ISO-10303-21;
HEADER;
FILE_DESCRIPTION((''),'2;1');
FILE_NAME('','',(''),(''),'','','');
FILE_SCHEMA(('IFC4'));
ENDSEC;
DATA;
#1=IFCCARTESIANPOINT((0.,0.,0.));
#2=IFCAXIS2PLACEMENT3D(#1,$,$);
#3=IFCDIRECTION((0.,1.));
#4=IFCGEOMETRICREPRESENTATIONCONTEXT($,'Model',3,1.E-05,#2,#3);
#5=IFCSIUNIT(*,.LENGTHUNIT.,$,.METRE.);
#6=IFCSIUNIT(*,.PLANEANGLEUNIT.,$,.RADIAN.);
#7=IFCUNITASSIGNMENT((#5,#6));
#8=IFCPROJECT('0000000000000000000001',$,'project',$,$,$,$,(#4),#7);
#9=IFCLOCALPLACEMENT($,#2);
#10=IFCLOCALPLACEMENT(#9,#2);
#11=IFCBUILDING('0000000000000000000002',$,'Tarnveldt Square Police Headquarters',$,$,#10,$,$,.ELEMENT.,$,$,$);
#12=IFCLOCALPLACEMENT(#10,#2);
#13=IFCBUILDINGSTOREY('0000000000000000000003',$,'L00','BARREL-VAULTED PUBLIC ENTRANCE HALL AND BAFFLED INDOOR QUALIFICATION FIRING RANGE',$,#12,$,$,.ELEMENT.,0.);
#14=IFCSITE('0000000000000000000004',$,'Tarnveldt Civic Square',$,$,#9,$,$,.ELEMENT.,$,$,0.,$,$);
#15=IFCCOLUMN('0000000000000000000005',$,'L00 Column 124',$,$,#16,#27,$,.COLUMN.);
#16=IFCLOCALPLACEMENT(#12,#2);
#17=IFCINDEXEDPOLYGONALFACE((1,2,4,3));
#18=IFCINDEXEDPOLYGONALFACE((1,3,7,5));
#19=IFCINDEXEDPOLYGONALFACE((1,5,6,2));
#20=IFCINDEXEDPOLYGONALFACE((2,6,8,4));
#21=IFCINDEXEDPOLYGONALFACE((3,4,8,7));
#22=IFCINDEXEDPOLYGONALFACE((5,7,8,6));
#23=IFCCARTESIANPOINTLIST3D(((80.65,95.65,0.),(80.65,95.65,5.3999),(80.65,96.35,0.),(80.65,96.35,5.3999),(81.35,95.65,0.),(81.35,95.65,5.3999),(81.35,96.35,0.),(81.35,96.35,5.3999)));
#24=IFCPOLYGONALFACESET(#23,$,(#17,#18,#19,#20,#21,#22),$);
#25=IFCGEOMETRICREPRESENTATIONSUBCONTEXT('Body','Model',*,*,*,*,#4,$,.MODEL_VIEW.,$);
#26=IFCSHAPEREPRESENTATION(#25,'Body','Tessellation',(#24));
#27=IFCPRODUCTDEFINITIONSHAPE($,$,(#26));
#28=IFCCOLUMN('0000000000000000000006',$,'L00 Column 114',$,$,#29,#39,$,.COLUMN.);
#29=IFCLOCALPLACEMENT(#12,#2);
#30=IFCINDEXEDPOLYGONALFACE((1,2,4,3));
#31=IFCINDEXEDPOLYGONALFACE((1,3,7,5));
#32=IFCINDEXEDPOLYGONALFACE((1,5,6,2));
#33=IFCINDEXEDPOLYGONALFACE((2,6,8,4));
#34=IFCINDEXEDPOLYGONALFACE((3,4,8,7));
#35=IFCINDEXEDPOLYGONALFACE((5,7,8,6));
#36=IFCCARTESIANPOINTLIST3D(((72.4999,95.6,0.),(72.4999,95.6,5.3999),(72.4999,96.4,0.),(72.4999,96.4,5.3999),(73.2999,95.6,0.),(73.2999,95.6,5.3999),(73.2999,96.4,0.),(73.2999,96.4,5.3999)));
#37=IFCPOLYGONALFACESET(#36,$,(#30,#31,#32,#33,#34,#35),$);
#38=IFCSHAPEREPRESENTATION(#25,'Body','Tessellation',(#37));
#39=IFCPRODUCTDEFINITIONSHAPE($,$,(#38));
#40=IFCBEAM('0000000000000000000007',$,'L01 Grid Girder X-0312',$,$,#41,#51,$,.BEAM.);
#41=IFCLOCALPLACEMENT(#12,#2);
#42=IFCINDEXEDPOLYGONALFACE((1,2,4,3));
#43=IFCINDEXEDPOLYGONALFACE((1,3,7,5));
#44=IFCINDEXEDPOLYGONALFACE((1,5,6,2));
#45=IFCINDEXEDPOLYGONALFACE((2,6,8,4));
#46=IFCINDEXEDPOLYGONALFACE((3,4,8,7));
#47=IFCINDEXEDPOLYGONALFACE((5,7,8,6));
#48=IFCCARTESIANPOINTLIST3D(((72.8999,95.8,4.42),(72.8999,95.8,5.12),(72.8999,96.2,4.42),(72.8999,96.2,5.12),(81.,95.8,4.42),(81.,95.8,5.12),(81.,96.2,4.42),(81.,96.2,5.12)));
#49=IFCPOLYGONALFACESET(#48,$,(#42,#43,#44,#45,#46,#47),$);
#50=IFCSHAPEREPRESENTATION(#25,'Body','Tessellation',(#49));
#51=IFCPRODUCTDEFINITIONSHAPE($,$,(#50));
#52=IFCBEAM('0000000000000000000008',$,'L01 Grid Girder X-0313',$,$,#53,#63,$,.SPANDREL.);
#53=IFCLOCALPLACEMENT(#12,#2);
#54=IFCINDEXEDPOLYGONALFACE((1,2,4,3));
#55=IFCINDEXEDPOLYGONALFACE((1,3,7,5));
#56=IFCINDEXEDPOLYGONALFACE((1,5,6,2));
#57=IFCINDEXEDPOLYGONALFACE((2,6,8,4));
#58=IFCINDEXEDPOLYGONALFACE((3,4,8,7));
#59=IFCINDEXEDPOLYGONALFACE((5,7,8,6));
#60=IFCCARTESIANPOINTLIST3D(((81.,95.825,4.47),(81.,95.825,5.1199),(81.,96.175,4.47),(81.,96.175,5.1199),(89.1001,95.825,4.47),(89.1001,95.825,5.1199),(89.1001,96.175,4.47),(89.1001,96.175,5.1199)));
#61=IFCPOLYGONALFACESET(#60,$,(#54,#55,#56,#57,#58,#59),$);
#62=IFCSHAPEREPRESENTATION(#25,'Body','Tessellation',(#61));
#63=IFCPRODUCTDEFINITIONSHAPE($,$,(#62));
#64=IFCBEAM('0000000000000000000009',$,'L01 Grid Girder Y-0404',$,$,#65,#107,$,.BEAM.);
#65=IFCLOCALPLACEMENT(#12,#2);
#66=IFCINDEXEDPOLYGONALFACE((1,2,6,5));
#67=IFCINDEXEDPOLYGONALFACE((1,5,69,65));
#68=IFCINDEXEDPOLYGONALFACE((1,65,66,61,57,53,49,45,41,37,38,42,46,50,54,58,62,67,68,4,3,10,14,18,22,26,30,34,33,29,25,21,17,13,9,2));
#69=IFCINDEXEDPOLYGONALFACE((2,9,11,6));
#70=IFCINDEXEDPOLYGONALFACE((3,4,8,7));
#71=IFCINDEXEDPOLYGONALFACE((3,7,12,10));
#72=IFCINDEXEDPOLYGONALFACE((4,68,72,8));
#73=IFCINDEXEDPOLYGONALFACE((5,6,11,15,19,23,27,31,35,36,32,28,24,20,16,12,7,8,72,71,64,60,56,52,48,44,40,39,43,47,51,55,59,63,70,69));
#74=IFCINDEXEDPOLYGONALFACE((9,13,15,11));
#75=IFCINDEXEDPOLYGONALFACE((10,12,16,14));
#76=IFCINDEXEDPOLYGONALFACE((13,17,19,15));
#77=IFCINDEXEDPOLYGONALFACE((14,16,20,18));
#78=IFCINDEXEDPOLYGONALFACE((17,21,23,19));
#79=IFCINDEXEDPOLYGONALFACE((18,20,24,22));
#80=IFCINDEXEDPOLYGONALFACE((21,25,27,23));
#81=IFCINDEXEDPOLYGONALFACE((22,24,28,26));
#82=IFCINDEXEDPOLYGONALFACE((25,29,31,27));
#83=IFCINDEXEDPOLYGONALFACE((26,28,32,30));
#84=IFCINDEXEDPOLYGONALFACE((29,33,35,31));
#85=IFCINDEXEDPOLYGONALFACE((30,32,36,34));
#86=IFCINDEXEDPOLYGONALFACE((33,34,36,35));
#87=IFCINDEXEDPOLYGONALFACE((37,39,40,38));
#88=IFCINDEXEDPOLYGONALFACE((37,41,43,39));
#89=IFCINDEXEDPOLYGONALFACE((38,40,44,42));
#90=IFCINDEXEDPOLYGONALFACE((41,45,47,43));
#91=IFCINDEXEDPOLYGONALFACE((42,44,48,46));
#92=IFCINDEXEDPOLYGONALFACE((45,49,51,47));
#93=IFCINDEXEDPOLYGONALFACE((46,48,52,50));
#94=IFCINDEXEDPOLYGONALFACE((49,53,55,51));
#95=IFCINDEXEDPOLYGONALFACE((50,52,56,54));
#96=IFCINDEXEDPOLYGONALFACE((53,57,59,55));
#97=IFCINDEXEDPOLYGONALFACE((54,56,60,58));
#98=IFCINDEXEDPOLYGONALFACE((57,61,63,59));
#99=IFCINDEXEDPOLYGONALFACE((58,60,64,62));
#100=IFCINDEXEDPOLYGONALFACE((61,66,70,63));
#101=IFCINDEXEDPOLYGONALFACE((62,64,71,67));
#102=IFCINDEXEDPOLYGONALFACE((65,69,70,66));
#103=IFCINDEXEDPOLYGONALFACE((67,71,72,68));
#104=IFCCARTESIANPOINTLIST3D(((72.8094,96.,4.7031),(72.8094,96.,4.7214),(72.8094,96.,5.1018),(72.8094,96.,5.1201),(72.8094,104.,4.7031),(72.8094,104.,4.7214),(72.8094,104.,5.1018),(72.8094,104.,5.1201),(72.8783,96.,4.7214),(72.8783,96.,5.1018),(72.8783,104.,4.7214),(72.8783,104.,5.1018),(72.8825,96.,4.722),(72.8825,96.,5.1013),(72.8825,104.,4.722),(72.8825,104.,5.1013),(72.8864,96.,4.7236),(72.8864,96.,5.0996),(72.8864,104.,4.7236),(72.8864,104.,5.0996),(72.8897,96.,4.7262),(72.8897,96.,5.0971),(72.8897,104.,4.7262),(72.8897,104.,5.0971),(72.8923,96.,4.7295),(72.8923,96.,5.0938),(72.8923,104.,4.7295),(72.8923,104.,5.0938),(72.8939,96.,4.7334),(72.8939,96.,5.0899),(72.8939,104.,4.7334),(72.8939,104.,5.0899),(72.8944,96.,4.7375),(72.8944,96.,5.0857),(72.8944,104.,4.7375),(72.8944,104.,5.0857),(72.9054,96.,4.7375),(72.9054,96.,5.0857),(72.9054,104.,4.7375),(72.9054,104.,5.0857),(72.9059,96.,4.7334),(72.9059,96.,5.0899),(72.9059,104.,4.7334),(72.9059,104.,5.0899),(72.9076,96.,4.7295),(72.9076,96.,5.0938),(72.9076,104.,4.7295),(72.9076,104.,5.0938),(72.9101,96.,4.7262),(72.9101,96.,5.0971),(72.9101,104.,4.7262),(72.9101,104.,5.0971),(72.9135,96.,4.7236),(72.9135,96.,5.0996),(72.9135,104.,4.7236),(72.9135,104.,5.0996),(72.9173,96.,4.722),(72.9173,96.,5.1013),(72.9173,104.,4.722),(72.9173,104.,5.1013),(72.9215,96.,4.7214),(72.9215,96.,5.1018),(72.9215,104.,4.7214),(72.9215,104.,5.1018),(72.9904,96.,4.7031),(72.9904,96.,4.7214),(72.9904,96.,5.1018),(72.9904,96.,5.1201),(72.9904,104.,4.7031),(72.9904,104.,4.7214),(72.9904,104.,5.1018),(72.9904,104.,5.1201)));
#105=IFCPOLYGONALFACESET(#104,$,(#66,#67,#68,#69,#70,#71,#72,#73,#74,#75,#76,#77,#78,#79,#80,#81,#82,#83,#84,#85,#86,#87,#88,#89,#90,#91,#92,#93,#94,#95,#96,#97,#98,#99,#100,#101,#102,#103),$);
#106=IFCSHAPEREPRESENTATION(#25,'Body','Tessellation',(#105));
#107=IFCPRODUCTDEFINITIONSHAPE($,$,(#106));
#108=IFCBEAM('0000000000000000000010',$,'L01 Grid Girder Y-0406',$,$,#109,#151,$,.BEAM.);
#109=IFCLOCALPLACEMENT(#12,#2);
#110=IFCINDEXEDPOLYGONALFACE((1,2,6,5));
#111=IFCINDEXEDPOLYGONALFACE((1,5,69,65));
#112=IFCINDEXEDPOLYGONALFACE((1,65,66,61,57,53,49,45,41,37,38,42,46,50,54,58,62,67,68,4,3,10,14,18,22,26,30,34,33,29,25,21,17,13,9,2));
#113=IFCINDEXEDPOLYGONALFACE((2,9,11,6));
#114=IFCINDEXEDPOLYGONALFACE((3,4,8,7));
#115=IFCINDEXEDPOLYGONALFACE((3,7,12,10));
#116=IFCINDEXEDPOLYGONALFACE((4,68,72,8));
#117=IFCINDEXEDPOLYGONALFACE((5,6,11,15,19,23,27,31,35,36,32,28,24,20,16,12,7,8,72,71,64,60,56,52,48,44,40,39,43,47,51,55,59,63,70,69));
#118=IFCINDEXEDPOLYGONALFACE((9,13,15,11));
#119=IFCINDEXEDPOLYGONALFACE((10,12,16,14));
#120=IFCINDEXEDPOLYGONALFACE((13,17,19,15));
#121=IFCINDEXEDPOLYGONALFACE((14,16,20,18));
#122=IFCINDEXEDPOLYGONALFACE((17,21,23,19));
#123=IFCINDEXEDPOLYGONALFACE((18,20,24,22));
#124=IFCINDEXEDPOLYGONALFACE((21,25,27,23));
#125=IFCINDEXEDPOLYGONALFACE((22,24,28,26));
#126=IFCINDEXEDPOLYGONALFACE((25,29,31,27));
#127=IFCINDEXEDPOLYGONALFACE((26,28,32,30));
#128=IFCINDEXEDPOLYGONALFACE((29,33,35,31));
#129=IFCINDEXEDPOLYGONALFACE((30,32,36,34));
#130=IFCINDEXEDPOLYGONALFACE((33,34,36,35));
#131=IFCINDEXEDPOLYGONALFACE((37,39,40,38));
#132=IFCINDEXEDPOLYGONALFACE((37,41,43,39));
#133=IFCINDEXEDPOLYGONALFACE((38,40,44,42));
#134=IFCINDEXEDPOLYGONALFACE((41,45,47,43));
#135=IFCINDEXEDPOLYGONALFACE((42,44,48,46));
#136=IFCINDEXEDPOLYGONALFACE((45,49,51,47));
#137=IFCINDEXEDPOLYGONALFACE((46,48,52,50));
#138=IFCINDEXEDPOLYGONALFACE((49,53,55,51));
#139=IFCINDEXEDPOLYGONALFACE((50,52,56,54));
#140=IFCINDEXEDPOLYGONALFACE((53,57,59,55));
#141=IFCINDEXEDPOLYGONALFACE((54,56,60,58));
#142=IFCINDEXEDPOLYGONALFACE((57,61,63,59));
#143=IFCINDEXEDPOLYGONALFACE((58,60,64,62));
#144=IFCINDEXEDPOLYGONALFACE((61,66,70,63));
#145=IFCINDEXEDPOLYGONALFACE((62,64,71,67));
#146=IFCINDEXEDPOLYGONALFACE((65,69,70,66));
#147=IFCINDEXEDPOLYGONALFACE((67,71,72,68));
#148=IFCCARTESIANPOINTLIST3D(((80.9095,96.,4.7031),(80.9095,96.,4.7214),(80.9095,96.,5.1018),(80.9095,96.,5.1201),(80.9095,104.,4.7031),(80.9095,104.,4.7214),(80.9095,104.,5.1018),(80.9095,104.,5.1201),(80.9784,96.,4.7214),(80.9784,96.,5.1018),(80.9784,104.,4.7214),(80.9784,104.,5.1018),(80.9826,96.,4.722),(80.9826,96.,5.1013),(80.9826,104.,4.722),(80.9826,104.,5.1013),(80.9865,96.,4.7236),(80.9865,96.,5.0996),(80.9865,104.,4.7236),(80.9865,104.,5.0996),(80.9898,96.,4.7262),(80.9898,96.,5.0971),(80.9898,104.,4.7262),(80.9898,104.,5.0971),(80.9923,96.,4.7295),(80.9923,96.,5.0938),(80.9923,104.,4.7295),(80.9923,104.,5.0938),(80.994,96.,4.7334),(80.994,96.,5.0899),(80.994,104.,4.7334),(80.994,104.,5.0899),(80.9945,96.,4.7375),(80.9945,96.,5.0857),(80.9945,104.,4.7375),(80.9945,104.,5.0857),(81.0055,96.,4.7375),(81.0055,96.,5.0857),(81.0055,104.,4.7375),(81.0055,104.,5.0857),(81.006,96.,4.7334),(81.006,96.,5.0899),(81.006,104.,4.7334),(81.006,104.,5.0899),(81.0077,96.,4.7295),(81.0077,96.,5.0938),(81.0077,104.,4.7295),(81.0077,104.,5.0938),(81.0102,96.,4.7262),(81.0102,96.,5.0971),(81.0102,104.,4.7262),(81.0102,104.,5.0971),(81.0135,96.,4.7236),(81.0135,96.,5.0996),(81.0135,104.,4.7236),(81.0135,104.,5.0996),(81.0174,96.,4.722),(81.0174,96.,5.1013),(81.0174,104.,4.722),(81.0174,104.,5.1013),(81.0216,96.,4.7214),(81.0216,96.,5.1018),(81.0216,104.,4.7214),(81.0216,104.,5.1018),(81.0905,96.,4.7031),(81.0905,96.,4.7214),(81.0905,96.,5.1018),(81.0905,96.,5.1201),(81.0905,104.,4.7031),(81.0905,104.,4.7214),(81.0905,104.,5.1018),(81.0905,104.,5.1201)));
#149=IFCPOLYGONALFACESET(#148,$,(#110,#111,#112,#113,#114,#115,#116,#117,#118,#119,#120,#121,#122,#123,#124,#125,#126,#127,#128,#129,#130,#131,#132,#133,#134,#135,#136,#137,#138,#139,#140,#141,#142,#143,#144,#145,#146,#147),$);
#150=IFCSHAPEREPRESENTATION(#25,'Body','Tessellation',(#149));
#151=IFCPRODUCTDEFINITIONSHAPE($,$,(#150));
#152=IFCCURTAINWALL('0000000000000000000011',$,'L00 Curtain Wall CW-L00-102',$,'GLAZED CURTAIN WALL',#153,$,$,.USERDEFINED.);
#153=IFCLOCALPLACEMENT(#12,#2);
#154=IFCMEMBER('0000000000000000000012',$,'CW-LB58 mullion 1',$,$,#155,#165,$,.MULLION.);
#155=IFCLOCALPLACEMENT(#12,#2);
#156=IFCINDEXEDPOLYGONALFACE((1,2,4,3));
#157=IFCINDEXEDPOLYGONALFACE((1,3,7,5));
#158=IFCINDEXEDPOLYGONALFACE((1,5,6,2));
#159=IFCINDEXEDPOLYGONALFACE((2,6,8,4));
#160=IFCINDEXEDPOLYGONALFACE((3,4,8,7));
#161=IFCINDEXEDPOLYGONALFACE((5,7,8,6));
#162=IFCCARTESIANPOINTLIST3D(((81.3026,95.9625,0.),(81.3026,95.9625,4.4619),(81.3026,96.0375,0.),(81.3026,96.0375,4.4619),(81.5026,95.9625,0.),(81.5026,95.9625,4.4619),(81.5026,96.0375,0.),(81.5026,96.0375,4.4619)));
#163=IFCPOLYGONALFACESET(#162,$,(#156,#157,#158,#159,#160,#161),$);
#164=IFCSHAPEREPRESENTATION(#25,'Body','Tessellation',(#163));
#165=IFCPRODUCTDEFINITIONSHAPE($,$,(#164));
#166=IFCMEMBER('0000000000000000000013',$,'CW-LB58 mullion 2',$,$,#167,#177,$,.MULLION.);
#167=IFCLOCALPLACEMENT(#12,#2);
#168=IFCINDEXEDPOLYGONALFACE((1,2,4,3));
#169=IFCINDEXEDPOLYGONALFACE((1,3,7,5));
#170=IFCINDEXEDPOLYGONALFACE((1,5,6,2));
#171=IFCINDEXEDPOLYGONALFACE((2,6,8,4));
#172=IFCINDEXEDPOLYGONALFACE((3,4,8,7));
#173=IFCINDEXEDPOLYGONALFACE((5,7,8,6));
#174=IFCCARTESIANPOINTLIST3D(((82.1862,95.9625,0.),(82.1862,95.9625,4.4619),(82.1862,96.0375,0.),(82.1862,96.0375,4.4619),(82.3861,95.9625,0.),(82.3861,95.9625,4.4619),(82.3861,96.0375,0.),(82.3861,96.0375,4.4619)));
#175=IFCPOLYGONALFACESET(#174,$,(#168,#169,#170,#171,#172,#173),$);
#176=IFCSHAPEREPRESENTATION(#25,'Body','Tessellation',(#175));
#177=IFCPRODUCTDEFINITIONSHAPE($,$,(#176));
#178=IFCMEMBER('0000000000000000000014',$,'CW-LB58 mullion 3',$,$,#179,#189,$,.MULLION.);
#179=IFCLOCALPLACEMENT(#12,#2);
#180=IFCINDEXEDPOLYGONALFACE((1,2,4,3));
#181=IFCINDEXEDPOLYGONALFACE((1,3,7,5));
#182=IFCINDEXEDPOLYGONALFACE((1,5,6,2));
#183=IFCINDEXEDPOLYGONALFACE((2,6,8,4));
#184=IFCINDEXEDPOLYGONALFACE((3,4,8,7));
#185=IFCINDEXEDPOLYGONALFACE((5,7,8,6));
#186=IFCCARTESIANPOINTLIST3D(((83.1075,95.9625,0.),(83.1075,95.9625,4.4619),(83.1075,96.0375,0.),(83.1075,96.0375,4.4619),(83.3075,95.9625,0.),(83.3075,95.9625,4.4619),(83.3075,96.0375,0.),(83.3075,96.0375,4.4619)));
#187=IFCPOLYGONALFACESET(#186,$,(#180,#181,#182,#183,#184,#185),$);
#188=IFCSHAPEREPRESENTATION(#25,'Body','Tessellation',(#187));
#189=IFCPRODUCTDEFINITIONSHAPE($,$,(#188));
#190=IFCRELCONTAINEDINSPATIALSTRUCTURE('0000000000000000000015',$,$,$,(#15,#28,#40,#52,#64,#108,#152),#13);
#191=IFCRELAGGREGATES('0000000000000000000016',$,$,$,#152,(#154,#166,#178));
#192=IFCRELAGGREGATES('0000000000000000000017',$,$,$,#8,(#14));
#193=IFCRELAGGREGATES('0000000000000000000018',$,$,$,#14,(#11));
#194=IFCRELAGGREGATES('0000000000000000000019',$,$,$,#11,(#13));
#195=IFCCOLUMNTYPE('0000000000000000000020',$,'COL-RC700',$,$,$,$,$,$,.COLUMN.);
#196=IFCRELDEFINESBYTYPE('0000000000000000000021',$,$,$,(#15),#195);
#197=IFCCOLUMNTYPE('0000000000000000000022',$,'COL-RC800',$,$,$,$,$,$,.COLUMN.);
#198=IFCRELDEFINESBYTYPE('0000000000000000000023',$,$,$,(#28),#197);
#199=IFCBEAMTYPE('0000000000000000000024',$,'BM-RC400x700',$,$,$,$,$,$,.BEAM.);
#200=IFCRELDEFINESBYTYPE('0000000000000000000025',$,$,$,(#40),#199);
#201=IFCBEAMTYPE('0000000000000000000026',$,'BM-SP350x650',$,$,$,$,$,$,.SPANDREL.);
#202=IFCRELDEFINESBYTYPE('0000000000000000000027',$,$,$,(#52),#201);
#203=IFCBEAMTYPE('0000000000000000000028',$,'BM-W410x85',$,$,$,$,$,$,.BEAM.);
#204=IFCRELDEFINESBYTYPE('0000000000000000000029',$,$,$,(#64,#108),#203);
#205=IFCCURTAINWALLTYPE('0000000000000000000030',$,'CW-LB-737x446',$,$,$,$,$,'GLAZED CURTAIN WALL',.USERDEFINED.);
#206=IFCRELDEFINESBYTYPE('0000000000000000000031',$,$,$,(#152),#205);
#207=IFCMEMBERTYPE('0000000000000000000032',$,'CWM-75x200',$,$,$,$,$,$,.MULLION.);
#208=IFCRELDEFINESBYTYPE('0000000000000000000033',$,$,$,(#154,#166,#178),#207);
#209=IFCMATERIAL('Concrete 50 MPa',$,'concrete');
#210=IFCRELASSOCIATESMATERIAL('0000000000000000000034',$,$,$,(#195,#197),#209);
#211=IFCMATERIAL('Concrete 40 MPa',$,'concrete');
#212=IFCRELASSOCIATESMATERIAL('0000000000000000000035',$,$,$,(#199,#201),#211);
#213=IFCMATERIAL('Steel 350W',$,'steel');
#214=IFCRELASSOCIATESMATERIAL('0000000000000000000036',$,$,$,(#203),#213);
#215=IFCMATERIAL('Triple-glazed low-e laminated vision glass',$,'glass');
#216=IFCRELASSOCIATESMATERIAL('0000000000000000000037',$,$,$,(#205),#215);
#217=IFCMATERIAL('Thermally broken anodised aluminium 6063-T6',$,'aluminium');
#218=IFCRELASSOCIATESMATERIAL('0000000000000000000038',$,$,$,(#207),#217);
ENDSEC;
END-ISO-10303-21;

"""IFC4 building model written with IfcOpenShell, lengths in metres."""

from ifc_helpers import new_model, si_unit, direction, frame, origin, origin_2d, place, context, subcontext, project, spatial, rectangle, i_section, extrude, material, material_profile, profile_set, type_object, element, aggregate, save


model = new_model("IFC4")

# Units and contexts
model_context = context("Model", 3, precision=1e-05, world=origin(), true_north=direction((0.0, 1.0)))
body_context = subcontext(model_context, "Body", "Model", "MODEL_VIEW")
ifc_project = project(units=[si_unit("LENGTHUNIT", "METRE"), si_unit("PLANEANGLEUNIT", "RADIAN")], contexts=[model_context])

# Site, building, storey
site_placement = place(None, origin())
site = spatial("IfcSite", under=ifc_project, at=site_placement, Name="Tarnveldt Civic Square", CompositionType="ELEMENT", RefElevation=0.0)
building_placement = place(site_placement, origin())
building = spatial("IfcBuilding", under=site, at=building_placement, Name="Tarnveldt Square Police Headquarters", CompositionType="ELEMENT")
storey_placement = place(building_placement, origin())
storey = spatial("IfcBuildingStorey", under=building, at=storey_placement, Name="L00", Description="BARREL-VAULTED PUBLIC ENTRANCE HALL AND BAFFLED INDOOR QUALIFICATION FIRING RANGE", CompositionType="ELEMENT", Elevation=0.0)

# Columns
ifc_material_1 = material(Name="Concrete 50 MPa", Category="concrete")
ifc_material_profile_1 = material_profile(ifc_material_1, rectangle(XDim=0.7, YDim=0.7, at=origin_2d()), Name="RC-C700x700")
ifc_profile_set_1 = profile_set([ifc_material_profile_1], Name="Concrete 50 MPa")
column_type_1 = type_object("IfcColumnType", Name="COL-RC700", PredefinedType="COLUMN", material=ifc_profile_set_1)
column_1_placement = place(storey_placement, frame((81.0, 96.0, 0.0), z_axis=(0.0, 0.0, 1.0), x_axis=(1.0, 0.0, 0.0)))
element("IfcColumn", 1, at=column_1_placement, inside=storey, type_object=column_type_1, Name="L00 Column 124", PredefinedType="COLUMN", context=body_context, shape_type="SweptSolid", body=[
    extrude(rectangle(XDim=0.7, YDim=0.7, at=origin_2d()), origin(), (0.0, 0.0, 1.0), 5.3999),
])
ifc_material_profile_2 = material_profile(ifc_material_1, rectangle(XDim=0.8, YDim=0.8, at=origin_2d()), Name="RC-C800x800")
ifc_profile_set_2 = profile_set([ifc_material_profile_2], Name="Concrete 50 MPa")
column_type_2 = type_object("IfcColumnType", Name="COL-RC800", PredefinedType="COLUMN", material=ifc_profile_set_2)
column_2_placement = place(storey_placement, frame((72.8999, 96.0, 0.0), z_axis=(0.0, 0.0, 1.0), x_axis=(1.0, 0.0, 0.0)))
element("IfcColumn", 2, at=column_2_placement, inside=storey, type_object=column_type_2, Name="L00 Column 114", PredefinedType="COLUMN", context=body_context, shape_type="SweptSolid", body=[
    extrude(rectangle(XDim=0.8, YDim=0.8, at=origin_2d()), origin(), (0.0, 0.0, 1.0), 5.3999),
])

# Beams
ifc_material_2 = material(Name="Concrete 40 MPa", Category="concrete")
ifc_material_profile_3 = material_profile(ifc_material_2, rectangle(XDim=0.3999, YDim=0.7, at=origin_2d()), Name="RC-B400x700")
ifc_profile_set_3 = profile_set([ifc_material_profile_3], Name="Concrete 40 MPa")
beam_type_1 = type_object("IfcBeamType", Name="BM-RC400x700", PredefinedType="BEAM", material=ifc_profile_set_3)
beam_1_placement = place(storey_placement, frame((72.8999, 96.0, 4.77), z_axis=(1.0, 0.0, 0.0), x_axis=(0.0, 1.0, 0.0)))
element("IfcBeam", 3, at=beam_1_placement, inside=storey, type_object=beam_type_1, Name="L01 Grid Girder X-0312", PredefinedType="BEAM", context=body_context, shape_type="SweptSolid", body=[
    extrude(rectangle(XDim=0.3999, YDim=0.7, at=origin_2d()), origin(), (0.0, 0.0, 1.0), 8.1001),
])
ifc_material_profile_4 = material_profile(ifc_material_2, rectangle(XDim=0.3501, YDim=0.6499, at=origin_2d()), Name="RC-SP350x650")
ifc_profile_set_4 = profile_set([ifc_material_profile_4], Name="Concrete 40 MPa")
beam_type_2 = type_object("IfcBeamType", Name="BM-SP350x650", PredefinedType="SPANDREL", material=ifc_profile_set_4)
beam_2_placement = place(storey_placement, frame((81.0, 96.0, 4.7949), z_axis=(1.0, 0.0, 0.0), x_axis=(0.0, 1.0, 0.0)))
element("IfcBeam", 4, at=beam_2_placement, inside=storey, type_object=beam_type_2, Name="L01 Grid Girder X-0313", PredefinedType="SPANDREL", context=body_context, shape_type="SweptSolid", body=[
    extrude(rectangle(XDim=0.3501, YDim=0.6499, at=origin_2d()), origin(), (0.0, 0.0, 1.0), 8.1001),
])
ifc_material_3 = material(Name="Steel 350W", Category="steel")
ifc_material_profile_5 = material_profile(ifc_material_3, i_section(OverallWidth=0.1809, OverallDepth=0.417, WebThickness=0.011, FlangeThickness=0.0183, FilletRadius=0.0161, at=origin_2d()), Name="W410x85")
ifc_profile_set_5 = profile_set([ifc_material_profile_5], Name="Steel 350W")
beam_type_3 = type_object("IfcBeamType", Name="BM-W410x85", PredefinedType="BEAM", material=ifc_profile_set_5)
for number, where, z_axis, x_axis, name in (
    (5, (72.8999, 96.0, 4.9116), (0.0, 1.0, 0.0), (-1.0, 0.0, 0.0), "L01 Grid Girder Y-0404"),
    (6, (81.0, 96.0, 4.9116), (0.0, 1.0, 0.0), (-1.0, 0.0, 0.0), "L01 Grid Girder Y-0406"),
):
    element("IfcBeam", number, at=place(storey_placement, frame(where, z_axis=z_axis, x_axis=x_axis)), inside=storey, type_object=beam_type_3, Name=name, PredefinedType="BEAM", context=body_context, shape_type="SweptSolid", body=[
        extrude(i_section(OverallWidth=0.1809, OverallDepth=0.417, WebThickness=0.011, FlangeThickness=0.0183, FilletRadius=0.0161, at=origin_2d()), origin(), (0.0, 0.0, 1.0), 8.0),
    ])

# Curtain wall, members
ifc_material_4 = material(Name="Triple-glazed low-e laminated vision glass", Category="glass")
curtain_wall_type = type_object("IfcCurtainWallType", Name="CW-LB-737x446", ElementType="GLAZED CURTAIN WALL", PredefinedType="USERDEFINED", material=ifc_material_4)
curtain_wall_placement = place(storey_placement, origin())
curtain_wall = element("IfcCurtainWall", 7, at=curtain_wall_placement, inside=storey, type_object=curtain_wall_type, Name="L00 Curtain Wall CW-L00-102", ObjectType="GLAZED CURTAIN WALL", PredefinedType="USERDEFINED")
ifc_material_5 = material(Name="Thermally broken anodised aluminium 6063-T6", Category="aluminium")
ifc_material_profile_6 = material_profile(ifc_material_5, rectangle(XDim=0.075, YDim=0.2, at=origin_2d()), Name="CW-M75x200")
ifc_profile_set_6 = profile_set([ifc_material_profile_6], Name="Thermally broken anodised aluminium 6063-T6")
member_type_1 = type_object("IfcMemberType", Name="CWM-75x200", PredefinedType="MULLION", material=ifc_profile_set_6)
member_1_placement = place(storey_placement, frame((81.4026, 96.0, 0.0), z_axis=(0.0, 0.0, 1.0), x_axis=(0.0, 1.0, 0.0)))
member_1 = element("IfcMember", 8, at=member_1_placement, type_object=member_type_1, Name="CW-LB58 mullion 1", PredefinedType="MULLION", context=body_context, shape_type="SweptSolid", body=[
    extrude(rectangle(XDim=0.075, YDim=0.2, at=origin_2d()), origin(), (0.0, 0.0, 1.0), 4.4619),
])
member_2_placement = place(storey_placement, frame((82.2861, 96.0, 0.0), z_axis=(0.0, 0.0, 1.0), x_axis=(0.0, 1.0, 0.0)))
member_2 = element("IfcMember", 9, at=member_2_placement, type_object=member_type_1, Name="CW-LB58 mullion 2", PredefinedType="MULLION", context=body_context, shape_type="SweptSolid", body=[
    extrude(rectangle(XDim=0.075, YDim=0.2, at=origin_2d()), origin(), (0.0, 0.0, 1.0), 4.4619),
])
member_3_placement = place(storey_placement, frame((83.2075, 96.0, 0.0), z_axis=(0.0, 0.0, 1.0), x_axis=(0.0, 1.0, 0.0)))
member_3 = element("IfcMember", 10, at=member_3_placement, type_object=member_type_1, Name="CW-LB58 mullion 3", PredefinedType="MULLION", context=body_context, shape_type="SweptSolid", body=[
    extrude(rectangle(XDim=0.075, YDim=0.2, at=origin_2d()), origin(), (0.0, 0.0, 1.0), 4.4619),
])
aggregate(curtain_wall, [member_1, member_2, member_3])

save(model, "model.ifc")
